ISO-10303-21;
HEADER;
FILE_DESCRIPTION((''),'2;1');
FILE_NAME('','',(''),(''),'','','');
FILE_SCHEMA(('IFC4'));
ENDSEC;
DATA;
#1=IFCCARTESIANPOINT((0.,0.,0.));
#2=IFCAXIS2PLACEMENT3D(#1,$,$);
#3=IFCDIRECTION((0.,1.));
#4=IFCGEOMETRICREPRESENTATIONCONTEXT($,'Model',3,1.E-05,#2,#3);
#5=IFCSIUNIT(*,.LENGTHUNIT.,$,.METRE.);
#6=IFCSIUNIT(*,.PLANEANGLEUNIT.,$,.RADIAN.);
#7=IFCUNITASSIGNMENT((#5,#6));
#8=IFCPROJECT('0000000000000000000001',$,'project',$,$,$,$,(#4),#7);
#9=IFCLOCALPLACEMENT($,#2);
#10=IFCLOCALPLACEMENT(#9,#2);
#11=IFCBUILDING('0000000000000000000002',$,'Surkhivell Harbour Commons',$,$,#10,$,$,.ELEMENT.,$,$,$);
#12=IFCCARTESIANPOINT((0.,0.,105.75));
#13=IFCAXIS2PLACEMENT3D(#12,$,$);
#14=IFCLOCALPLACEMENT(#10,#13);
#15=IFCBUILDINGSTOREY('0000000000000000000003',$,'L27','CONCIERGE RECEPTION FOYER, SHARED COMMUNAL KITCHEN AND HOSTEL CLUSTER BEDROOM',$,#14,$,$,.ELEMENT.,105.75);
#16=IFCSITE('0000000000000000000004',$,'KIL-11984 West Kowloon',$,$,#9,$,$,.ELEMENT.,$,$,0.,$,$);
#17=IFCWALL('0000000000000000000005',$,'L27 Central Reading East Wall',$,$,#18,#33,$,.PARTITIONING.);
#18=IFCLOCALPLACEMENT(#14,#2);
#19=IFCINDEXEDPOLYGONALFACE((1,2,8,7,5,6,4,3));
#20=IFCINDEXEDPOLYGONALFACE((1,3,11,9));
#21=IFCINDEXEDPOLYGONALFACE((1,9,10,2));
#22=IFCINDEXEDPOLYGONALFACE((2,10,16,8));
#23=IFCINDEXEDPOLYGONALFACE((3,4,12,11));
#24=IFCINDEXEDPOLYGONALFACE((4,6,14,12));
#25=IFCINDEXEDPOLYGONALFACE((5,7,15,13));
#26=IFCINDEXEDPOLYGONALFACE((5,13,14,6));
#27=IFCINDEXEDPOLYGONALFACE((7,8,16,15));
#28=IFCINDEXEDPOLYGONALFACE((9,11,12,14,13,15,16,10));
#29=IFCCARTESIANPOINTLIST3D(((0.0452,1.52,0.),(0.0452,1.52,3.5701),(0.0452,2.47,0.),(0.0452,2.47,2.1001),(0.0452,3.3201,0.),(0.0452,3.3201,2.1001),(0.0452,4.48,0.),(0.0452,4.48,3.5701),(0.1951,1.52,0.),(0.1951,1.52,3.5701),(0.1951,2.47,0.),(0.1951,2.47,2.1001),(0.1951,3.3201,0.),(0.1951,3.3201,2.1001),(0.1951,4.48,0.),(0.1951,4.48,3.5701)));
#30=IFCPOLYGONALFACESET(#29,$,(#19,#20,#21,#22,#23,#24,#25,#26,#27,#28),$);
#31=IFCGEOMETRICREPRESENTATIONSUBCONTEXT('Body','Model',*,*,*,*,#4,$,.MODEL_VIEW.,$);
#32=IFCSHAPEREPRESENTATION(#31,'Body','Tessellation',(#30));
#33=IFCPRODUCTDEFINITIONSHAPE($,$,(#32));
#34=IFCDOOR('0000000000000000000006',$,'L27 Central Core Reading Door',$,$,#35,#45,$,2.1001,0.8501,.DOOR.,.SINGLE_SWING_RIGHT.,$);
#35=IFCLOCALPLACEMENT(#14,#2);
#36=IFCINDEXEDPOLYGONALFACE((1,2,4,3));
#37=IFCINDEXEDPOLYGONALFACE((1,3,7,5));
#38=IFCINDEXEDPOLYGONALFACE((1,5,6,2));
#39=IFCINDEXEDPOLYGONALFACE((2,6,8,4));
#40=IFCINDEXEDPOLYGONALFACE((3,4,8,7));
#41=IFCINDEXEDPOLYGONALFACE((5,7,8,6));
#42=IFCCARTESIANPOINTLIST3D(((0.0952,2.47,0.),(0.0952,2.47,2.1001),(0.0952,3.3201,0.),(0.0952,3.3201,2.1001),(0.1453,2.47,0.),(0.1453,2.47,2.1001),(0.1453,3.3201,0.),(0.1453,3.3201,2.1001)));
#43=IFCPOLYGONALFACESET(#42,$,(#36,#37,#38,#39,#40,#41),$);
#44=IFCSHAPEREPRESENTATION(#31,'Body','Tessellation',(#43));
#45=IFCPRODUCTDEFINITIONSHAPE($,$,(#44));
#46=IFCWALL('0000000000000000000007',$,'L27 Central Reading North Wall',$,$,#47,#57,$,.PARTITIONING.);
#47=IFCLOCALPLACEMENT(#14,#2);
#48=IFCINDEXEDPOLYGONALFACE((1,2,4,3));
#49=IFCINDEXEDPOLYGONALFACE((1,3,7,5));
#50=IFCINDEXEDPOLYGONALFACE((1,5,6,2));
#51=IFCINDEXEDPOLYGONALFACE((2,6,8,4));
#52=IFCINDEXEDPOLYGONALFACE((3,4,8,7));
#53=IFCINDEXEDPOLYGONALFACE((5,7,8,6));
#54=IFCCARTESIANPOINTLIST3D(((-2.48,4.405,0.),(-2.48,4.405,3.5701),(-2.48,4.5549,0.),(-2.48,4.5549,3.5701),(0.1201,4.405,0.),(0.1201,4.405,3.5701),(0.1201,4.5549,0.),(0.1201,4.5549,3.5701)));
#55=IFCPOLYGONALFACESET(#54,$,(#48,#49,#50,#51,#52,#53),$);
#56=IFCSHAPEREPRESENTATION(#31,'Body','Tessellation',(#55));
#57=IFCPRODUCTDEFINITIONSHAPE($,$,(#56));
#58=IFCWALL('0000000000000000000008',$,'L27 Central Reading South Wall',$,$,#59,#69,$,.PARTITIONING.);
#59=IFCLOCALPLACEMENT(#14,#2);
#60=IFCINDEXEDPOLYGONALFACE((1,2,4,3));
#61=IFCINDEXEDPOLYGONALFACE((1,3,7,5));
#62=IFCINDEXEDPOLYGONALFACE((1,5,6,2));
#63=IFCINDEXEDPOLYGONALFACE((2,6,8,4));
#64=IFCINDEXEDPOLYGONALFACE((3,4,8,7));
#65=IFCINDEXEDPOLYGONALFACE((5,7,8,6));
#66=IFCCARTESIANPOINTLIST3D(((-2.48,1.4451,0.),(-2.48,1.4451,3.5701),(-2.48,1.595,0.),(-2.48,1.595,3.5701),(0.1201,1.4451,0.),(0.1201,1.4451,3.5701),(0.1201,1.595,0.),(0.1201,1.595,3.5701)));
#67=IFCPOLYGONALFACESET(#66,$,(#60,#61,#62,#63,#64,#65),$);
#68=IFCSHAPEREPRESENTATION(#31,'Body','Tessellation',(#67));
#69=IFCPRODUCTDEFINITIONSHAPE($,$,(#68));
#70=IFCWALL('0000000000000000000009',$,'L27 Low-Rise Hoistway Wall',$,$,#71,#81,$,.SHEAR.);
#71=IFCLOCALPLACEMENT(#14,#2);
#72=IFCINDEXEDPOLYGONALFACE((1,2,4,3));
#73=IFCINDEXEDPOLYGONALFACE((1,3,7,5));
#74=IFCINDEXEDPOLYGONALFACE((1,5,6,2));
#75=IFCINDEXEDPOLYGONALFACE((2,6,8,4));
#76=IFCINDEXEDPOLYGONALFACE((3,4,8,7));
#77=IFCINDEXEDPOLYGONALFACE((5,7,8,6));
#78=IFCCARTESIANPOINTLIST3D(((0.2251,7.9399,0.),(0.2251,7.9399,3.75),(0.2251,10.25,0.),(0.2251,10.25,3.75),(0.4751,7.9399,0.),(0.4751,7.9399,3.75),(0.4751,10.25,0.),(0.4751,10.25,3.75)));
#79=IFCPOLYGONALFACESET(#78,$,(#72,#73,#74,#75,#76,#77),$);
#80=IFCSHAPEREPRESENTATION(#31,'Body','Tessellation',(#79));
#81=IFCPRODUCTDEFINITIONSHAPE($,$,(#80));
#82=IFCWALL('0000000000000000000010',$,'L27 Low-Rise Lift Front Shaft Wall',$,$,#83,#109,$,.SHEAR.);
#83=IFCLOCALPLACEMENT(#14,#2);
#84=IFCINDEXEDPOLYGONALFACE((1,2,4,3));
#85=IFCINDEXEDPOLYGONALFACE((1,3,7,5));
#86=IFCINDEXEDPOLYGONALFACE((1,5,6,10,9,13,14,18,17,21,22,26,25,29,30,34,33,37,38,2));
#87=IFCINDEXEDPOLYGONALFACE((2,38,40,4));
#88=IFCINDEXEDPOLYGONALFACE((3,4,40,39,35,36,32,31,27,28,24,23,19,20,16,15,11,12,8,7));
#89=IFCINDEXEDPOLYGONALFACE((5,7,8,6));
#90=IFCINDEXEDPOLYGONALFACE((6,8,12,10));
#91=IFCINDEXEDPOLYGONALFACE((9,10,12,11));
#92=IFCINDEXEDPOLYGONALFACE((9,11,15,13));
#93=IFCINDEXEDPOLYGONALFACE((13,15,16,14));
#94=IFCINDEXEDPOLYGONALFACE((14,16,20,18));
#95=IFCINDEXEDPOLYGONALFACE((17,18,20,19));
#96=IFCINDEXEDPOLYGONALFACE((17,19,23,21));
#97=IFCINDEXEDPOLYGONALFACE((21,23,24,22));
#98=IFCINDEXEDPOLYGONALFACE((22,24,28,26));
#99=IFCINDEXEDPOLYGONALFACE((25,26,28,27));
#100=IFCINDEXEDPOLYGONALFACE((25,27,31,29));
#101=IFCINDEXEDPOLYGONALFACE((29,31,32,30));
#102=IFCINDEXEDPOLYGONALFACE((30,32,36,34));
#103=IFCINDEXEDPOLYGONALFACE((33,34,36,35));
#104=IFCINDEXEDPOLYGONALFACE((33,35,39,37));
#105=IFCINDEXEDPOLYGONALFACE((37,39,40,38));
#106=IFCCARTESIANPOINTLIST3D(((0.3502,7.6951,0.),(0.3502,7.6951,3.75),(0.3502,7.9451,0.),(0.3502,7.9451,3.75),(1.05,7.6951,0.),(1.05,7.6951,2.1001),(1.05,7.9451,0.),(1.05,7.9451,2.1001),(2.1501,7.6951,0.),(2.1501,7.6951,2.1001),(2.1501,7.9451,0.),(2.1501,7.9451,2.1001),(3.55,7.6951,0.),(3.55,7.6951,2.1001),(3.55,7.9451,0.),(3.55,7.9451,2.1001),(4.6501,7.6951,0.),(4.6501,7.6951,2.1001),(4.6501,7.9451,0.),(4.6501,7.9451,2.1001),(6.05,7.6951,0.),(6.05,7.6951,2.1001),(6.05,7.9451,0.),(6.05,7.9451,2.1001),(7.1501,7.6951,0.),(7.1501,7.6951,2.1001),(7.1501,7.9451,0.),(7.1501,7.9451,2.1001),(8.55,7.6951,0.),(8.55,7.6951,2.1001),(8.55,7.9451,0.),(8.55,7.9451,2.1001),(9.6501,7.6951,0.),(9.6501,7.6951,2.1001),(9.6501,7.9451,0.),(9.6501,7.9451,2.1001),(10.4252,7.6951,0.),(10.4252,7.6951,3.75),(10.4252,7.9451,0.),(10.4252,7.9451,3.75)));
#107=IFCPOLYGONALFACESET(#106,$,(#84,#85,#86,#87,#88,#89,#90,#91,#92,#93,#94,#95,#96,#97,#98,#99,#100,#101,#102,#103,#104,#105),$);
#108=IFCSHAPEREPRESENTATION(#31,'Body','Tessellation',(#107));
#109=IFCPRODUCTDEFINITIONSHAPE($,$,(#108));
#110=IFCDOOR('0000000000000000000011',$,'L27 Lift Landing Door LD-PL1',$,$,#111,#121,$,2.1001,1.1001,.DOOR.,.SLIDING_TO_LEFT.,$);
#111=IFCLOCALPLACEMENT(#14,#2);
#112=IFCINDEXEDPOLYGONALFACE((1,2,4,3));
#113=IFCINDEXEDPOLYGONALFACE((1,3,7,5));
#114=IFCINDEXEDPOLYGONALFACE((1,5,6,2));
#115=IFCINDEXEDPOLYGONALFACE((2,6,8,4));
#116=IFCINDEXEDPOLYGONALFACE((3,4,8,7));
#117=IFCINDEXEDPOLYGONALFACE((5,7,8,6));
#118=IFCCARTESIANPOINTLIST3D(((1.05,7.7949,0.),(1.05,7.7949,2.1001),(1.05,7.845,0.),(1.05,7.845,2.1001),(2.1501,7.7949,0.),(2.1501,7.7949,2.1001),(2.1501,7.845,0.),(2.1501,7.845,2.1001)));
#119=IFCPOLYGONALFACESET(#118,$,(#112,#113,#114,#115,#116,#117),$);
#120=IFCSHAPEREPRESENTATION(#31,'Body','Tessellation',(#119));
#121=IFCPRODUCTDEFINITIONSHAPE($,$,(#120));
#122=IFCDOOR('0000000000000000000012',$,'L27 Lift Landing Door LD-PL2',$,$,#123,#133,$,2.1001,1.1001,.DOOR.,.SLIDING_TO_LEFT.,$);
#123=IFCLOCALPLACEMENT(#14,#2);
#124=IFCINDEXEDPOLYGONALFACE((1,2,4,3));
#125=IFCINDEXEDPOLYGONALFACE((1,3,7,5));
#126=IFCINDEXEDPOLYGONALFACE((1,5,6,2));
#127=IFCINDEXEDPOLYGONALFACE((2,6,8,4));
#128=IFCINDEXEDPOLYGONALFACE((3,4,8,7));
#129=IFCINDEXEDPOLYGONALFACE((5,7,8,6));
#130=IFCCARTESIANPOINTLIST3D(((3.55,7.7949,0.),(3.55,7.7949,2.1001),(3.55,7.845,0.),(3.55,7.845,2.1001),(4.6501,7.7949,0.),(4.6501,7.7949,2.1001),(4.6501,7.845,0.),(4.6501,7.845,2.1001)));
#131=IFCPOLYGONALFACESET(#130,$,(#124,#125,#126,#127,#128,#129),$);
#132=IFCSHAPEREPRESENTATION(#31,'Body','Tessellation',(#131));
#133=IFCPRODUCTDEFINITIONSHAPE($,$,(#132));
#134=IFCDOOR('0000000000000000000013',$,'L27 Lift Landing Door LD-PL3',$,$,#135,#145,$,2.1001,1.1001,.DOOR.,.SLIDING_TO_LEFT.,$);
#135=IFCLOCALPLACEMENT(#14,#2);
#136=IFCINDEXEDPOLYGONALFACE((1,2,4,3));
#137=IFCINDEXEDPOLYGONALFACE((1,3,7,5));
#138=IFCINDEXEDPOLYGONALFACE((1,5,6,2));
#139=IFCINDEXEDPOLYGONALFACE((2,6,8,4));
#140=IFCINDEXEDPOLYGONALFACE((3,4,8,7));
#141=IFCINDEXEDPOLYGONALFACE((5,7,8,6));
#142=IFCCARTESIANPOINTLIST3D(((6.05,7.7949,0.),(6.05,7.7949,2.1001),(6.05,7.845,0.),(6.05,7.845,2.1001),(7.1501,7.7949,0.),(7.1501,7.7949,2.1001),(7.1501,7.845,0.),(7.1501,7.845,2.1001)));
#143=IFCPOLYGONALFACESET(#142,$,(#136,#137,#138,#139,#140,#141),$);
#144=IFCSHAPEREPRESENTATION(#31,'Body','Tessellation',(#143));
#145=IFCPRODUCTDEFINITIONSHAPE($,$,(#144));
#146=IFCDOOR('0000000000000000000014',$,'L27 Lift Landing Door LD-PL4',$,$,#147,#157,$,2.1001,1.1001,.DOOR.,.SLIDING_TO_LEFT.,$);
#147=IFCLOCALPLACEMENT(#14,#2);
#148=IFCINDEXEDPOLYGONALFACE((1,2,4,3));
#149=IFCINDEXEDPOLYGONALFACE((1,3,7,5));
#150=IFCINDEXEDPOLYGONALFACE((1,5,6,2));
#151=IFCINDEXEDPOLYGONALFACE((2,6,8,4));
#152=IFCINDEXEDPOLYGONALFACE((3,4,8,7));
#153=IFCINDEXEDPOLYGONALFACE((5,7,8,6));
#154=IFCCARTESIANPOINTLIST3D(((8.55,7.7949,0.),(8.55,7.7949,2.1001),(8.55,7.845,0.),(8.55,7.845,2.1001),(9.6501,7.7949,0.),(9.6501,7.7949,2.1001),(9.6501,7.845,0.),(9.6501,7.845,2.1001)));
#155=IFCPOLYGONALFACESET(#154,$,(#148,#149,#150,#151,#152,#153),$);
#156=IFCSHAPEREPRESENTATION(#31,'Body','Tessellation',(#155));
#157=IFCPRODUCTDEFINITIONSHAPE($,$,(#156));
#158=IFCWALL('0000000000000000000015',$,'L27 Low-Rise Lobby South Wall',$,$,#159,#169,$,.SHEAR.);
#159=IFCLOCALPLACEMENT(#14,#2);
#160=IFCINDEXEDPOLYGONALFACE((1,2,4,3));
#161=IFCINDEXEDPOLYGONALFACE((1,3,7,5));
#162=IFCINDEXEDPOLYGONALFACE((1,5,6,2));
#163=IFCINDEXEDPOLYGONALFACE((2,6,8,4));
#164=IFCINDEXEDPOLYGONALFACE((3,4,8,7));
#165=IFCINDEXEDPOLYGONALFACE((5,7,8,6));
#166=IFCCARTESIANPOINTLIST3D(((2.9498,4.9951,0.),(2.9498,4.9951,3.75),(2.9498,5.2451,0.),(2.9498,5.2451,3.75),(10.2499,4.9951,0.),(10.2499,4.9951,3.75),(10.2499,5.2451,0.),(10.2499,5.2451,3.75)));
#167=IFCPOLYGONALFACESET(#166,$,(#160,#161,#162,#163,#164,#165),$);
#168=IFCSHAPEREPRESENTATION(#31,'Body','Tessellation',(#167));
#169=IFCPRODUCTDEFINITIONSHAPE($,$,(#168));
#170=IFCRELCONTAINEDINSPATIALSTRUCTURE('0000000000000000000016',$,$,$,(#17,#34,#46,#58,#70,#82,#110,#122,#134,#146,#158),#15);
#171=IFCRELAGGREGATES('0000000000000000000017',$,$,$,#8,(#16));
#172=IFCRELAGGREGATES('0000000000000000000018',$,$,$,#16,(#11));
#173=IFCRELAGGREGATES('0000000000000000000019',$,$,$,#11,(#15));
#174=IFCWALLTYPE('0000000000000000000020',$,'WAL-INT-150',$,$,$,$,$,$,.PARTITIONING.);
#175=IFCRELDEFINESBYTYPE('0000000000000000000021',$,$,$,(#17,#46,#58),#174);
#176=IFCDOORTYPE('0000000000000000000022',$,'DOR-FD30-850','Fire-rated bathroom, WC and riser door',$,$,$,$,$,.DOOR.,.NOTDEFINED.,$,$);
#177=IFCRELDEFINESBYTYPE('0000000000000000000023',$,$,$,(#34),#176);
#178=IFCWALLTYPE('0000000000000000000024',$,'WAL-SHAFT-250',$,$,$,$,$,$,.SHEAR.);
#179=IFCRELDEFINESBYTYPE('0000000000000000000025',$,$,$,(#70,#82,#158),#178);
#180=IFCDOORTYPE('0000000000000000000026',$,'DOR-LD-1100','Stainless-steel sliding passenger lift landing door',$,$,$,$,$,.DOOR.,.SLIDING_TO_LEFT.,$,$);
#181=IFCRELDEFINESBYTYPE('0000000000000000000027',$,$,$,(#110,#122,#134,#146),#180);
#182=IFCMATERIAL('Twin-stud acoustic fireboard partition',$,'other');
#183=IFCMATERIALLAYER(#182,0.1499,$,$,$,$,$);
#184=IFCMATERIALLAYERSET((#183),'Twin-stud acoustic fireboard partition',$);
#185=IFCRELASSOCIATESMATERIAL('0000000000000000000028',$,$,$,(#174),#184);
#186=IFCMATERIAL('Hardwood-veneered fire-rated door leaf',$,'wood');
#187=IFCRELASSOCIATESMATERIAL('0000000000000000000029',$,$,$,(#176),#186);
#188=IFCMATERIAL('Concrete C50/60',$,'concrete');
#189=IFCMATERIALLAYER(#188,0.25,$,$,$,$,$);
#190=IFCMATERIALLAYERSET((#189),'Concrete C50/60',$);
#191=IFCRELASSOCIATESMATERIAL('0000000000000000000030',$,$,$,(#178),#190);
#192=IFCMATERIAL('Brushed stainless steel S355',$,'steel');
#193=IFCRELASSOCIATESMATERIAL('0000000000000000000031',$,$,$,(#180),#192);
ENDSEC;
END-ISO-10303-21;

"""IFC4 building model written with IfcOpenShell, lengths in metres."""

from ifc_helpers import new_model, si_unit, direction, frame, frame_2d, origin, place, context, subcontext, project, spatial, rectangle, extrude, material, layer, layer_set, type_object, element, fill, save


model = new_model("IFC4")

# Units and contexts
model_context = context("Model", 3, precision=1e-05, world=origin(), true_north=direction((0.0, 1.0)))
body_context = subcontext(model_context, "Body", "Model", "MODEL_VIEW")
ifc_project = project(units=[si_unit("LENGTHUNIT", "METRE"), si_unit("PLANEANGLEUNIT", "RADIAN")], contexts=[model_context])

# Site, building, storey
site_placement = place(None, origin())
site = spatial("IfcSite", under=ifc_project, at=site_placement, Name="KIL-11984 West Kowloon", CompositionType="ELEMENT", RefElevation=0.0)
building_placement = place(site_placement, origin())
building = spatial("IfcBuilding", under=site, at=building_placement, Name="Surkhivell Harbour Commons", CompositionType="ELEMENT")
storey_placement = place(building_placement, frame((0.0, 0.0, 105.75)))
storey = spatial("IfcBuildingStorey", under=building, at=storey_placement, Name="L27", Description="CONCIERGE RECEPTION FOYER, SHARED COMMUNAL KITCHEN AND HOSTEL CLUSTER BEDROOM", CompositionType="ELEMENT", Elevation=105.75)

# Wall, opening, door
ifc_material_1 = material(Name="Twin-stud acoustic fireboard partition", Category="other")
ifc_layer_1 = layer(ifc_material_1, 0.1499)
ifc_layer_set_1 = layer_set([ifc_layer_1], Name="Twin-stud acoustic fireboard partition")
wall_type_1 = type_object("IfcWallType", Name="WAL-INT-150", PredefinedType="PARTITIONING", material=ifc_layer_set_1)
wall_1_placement = place(storey_placement, frame((0.1201, 1.52, 0.0), z_axis=(0.0, 0.0, 1.0), x_axis=(0.0, 1.0, 0.0)))
wall_1 = element("IfcWall", 1, at=wall_1_placement, inside=storey, type_object=wall_type_1, Name="L27 Central Reading East Wall", PredefinedType="PARTITIONING", context=body_context, shape_type="SweptSolid", body=[
    extrude(rectangle(XDim=2.96, YDim=0.1499, at=frame_2d((1.48, 0.0))), origin(), (0.0, 0.0, 1.0), 3.5701),
])
opening_1_placement = place(wall_1_placement, frame((0.95, 0.0, 0.0)))
opening_1 = element("IfcOpeningElement", 2, at=opening_1_placement, cuts=wall_1, PredefinedType="OPENING", context=body_context, shape_type="SweptSolid", body=[
    extrude(rectangle(XDim=0.8501, YDim=2.1001, at=frame_2d((0.425, 1.05))), frame((0.0, 0.085, 0.0), z_axis=(0.0, -1.0, 0.0), x_axis=(1.0, 0.0, 0.0)), (0.0, 0.0, 1.0), 0.1699),
])
ifc_material_2 = material(Name="Hardwood-veneered fire-rated door leaf", Category="wood")
door_type_1 = type_object("IfcDoorType", Name="DOR-FD30-850", Description="Fire-rated bathroom, WC and riser door", OperationType="NOTDEFINED", PredefinedType="DOOR", material=ifc_material_2)
door_1_placement = place(opening_1_placement, origin())
door_1 = element("IfcDoor", 3, at=door_1_placement, inside=storey, type_object=door_type_1, Name="L27 Central Core Reading Door", OperationType="SINGLE_SWING_RIGHT", OverallHeight=2.1001, OverallWidth=0.8501, PredefinedType="DOOR", context=body_context, shape_type="SweptSolid", body=[
    extrude(rectangle(XDim=0.8501, YDim=2.1001, at=frame_2d((0.425, 1.05))), frame((0.0, 0.0249, 0.0), z_axis=(0.0, -1.0, 0.0), x_axis=(1.0, 0.0, 0.0)), (0.0, 0.0, 1.0), 0.05),
])
fill(opening_1, door_1)

# Walls
for number, where, z_axis, x_axis, name in (
    (4, (-2.48, 4.48, 0.0), (0.0, 0.0, 1.0), (1.0, 0.0, 0.0), "L27 Central Reading North Wall"),
    (5, (-2.48, 1.52, 0.0), (0.0, 0.0, 1.0), (1.0, 0.0, 0.0), "L27 Central Reading South Wall"),
):
    element("IfcWall", number, at=place(storey_placement, frame(where, z_axis=z_axis, x_axis=x_axis)), inside=storey, type_object=wall_type_1, Name=name, PredefinedType="PARTITIONING", context=body_context, shape_type="SweptSolid", body=[
        extrude(rectangle(XDim=2.6001, YDim=0.1499, at=frame_2d((1.3, 0.0))), origin(), (0.0, 0.0, 1.0), 3.5701),
    ])
ifc_material_3 = material(Name="Concrete C50/60", Category="concrete")
ifc_layer_2 = layer(ifc_material_3, 0.25)
ifc_layer_set_2 = layer_set([ifc_layer_2], Name="Concrete C50/60")
wall_type_2 = type_object("IfcWallType", Name="WAL-SHAFT-250", PredefinedType="SHEAR", material=ifc_layer_set_2)
wall_2_placement = place(storey_placement, frame((0.3501, 7.9399, 0.0), z_axis=(0.0, 0.0, 1.0), x_axis=(0.0, 1.0, 0.0)))
element("IfcWall", 6, at=wall_2_placement, inside=storey, type_object=wall_type_2, Name="L27 Low-Rise Hoistway Wall", PredefinedType="SHEAR", context=body_context, shape_type="SweptSolid", body=[
    extrude(rectangle(XDim=2.3101, YDim=0.25, at=frame_2d((1.155, 0.0))), origin(), (0.0, 0.0, 1.0), 3.75),
])

# Wall, openings, doors
wall_3_placement = place(storey_placement, frame((0.3501, 7.8201, 0.0), z_axis=(0.0, 0.0, 1.0), x_axis=(1.0, 0.0, 0.0)))
wall_3 = element("IfcWall", 7, at=wall_3_placement, inside=storey, type_object=wall_type_2, Name="L27 Low-Rise Lift Front Shaft Wall", PredefinedType="SHEAR", context=body_context, shape_type="SweptSolid", body=[
    extrude(rectangle(XDim=10.075, YDim=0.25, at=frame_2d((5.0376, 0.0))), origin(), (0.0, 0.0, 1.0), 3.75),
])
opening_2_placement = place(wall_3_placement, frame((0.7, 0.0, 0.0)))
opening_2 = element("IfcOpeningElement", 8, at=opening_2_placement, cuts=wall_3, PredefinedType="OPENING", context=body_context, shape_type="SweptSolid", body=[
    extrude(rectangle(XDim=1.1001, YDim=2.1001, at=frame_2d((0.55, 1.05))), frame((0.0, 0.135, 0.0), z_axis=(0.0, -1.0, 0.0), x_axis=(1.0, 0.0, 0.0)), (0.0, 0.0, 1.0), 0.27),
])
opening_3_placement = place(wall_3_placement, frame((3.2, 0.0, 0.0)))
opening_3 = element("IfcOpeningElement", 9, at=opening_3_placement, cuts=wall_3, PredefinedType="OPENING", context=body_context, shape_type="SweptSolid", body=[
    extrude(rectangle(XDim=1.1001, YDim=2.1001, at=frame_2d((0.55, 1.05))), frame((0.0, 0.135, 0.0), z_axis=(0.0, -1.0, 0.0), x_axis=(1.0, 0.0, 0.0)), (0.0, 0.0, 1.0), 0.27),
])
opening_4_placement = place(wall_3_placement, frame((5.7, 0.0, 0.0)))
opening_4 = element("IfcOpeningElement", 10, at=opening_4_placement, cuts=wall_3, PredefinedType="OPENING", context=body_context, shape_type="SweptSolid", body=[
    extrude(rectangle(XDim=1.1001, YDim=2.1001, at=frame_2d((0.55, 1.05))), frame((0.0, 0.135, 0.0), z_axis=(0.0, -1.0, 0.0), x_axis=(1.0, 0.0, 0.0)), (0.0, 0.0, 1.0), 0.27),
])
opening_5_placement = place(wall_3_placement, frame((8.2, 0.0, 0.0)))
opening_5 = element("IfcOpeningElement", 11, at=opening_5_placement, cuts=wall_3, PredefinedType="OPENING", context=body_context, shape_type="SweptSolid", body=[
    extrude(rectangle(XDim=1.1001, YDim=2.1001, at=frame_2d((0.55, 1.05))), frame((0.0, 0.135, 0.0), z_axis=(0.0, -1.0, 0.0), x_axis=(1.0, 0.0, 0.0)), (0.0, 0.0, 1.0), 0.27),
])
ifc_material_4 = material(Name="Brushed stainless steel S355", Category="steel")
door_type_2 = type_object("IfcDoorType", Name="DOR-LD-1100", Description="Stainless-steel sliding passenger lift landing door", OperationType="SLIDING_TO_LEFT", PredefinedType="DOOR", material=ifc_material_4)
door_2_placement = place(opening_2_placement, origin())
door_2 = element("IfcDoor", 12, at=door_2_placement, inside=storey, type_object=door_type_2, Name="L27 Lift Landing Door LD-PL1", OperationType="SLIDING_TO_LEFT", OverallHeight=2.1001, OverallWidth=1.1001, PredefinedType="DOOR", context=body_context, shape_type="SweptSolid", body=[
    extrude(rectangle(XDim=1.1001, YDim=2.1001, at=frame_2d((0.55, 1.05))), frame((0.0, 0.0249, 0.0), z_axis=(0.0, -1.0, 0.0), x_axis=(1.0, 0.0, 0.0)), (0.0, 0.0, 1.0), 0.05),
])
fill(opening_2, door_2)
door_3_placement = place(opening_3_placement, origin())
door_3 = element("IfcDoor", 13, at=door_3_placement, inside=storey, type_object=door_type_2, Name="L27 Lift Landing Door LD-PL2", OperationType="SLIDING_TO_LEFT", OverallHeight=2.1001, OverallWidth=1.1001, PredefinedType="DOOR", context=body_context, shape_type="SweptSolid", body=[
    extrude(rectangle(XDim=1.1001, YDim=2.1001, at=frame_2d((0.55, 1.05))), frame((0.0, 0.0249, 0.0), z_axis=(0.0, -1.0, 0.0), x_axis=(1.0, 0.0, 0.0)), (0.0, 0.0, 1.0), 0.05),
])
fill(opening_3, door_3)
door_4_placement = place(opening_4_placement, origin())
door_4 = element("IfcDoor", 14, at=door_4_placement, inside=storey, type_object=door_type_2, Name="L27 Lift Landing Door LD-PL3", OperationType="SLIDING_TO_LEFT", OverallHeight=2.1001, OverallWidth=1.1001, PredefinedType="DOOR", context=body_context, shape_type="SweptSolid", body=[
    extrude(rectangle(XDim=1.1001, YDim=2.1001, at=frame_2d((0.55, 1.05))), frame((0.0, 0.0249, 0.0), z_axis=(0.0, -1.0, 0.0), x_axis=(1.0, 0.0, 0.0)), (0.0, 0.0, 1.0), 0.05),
])
fill(opening_4, door_4)
door_5_placement = place(opening_5_placement, origin())
door_5 = element("IfcDoor", 15, at=door_5_placement, inside=storey, type_object=door_type_2, Name="L27 Lift Landing Door LD-PL4", OperationType="SLIDING_TO_LEFT", OverallHeight=2.1001, OverallWidth=1.1001, PredefinedType="DOOR", context=body_context, shape_type="SweptSolid", body=[
    extrude(rectangle(XDim=1.1001, YDim=2.1001, at=frame_2d((0.55, 1.05))), frame((0.0, 0.0249, 0.0), z_axis=(0.0, -1.0, 0.0), x_axis=(1.0, 0.0, 0.0)), (0.0, 0.0, 1.0), 0.05),
])
fill(opening_5, door_5)

# Wall
wall_4_placement = place(storey_placement, frame((2.95, 5.1201, 0.0), z_axis=(0.0, 0.0, 1.0), x_axis=(1.0, 0.0, 0.0)))
element("IfcWall", 16, at=wall_4_placement, inside=storey, type_object=wall_type_2, Name="L27 Low-Rise Lobby South Wall", PredefinedType="SHEAR", context=body_context, shape_type="SweptSolid", body=[
    extrude(rectangle(XDim=7.3, YDim=0.25, at=frame_2d((3.6499, 0.0))), origin(), (0.0, 0.0, 1.0), 3.75),
])

save(model, "model.ifc")
